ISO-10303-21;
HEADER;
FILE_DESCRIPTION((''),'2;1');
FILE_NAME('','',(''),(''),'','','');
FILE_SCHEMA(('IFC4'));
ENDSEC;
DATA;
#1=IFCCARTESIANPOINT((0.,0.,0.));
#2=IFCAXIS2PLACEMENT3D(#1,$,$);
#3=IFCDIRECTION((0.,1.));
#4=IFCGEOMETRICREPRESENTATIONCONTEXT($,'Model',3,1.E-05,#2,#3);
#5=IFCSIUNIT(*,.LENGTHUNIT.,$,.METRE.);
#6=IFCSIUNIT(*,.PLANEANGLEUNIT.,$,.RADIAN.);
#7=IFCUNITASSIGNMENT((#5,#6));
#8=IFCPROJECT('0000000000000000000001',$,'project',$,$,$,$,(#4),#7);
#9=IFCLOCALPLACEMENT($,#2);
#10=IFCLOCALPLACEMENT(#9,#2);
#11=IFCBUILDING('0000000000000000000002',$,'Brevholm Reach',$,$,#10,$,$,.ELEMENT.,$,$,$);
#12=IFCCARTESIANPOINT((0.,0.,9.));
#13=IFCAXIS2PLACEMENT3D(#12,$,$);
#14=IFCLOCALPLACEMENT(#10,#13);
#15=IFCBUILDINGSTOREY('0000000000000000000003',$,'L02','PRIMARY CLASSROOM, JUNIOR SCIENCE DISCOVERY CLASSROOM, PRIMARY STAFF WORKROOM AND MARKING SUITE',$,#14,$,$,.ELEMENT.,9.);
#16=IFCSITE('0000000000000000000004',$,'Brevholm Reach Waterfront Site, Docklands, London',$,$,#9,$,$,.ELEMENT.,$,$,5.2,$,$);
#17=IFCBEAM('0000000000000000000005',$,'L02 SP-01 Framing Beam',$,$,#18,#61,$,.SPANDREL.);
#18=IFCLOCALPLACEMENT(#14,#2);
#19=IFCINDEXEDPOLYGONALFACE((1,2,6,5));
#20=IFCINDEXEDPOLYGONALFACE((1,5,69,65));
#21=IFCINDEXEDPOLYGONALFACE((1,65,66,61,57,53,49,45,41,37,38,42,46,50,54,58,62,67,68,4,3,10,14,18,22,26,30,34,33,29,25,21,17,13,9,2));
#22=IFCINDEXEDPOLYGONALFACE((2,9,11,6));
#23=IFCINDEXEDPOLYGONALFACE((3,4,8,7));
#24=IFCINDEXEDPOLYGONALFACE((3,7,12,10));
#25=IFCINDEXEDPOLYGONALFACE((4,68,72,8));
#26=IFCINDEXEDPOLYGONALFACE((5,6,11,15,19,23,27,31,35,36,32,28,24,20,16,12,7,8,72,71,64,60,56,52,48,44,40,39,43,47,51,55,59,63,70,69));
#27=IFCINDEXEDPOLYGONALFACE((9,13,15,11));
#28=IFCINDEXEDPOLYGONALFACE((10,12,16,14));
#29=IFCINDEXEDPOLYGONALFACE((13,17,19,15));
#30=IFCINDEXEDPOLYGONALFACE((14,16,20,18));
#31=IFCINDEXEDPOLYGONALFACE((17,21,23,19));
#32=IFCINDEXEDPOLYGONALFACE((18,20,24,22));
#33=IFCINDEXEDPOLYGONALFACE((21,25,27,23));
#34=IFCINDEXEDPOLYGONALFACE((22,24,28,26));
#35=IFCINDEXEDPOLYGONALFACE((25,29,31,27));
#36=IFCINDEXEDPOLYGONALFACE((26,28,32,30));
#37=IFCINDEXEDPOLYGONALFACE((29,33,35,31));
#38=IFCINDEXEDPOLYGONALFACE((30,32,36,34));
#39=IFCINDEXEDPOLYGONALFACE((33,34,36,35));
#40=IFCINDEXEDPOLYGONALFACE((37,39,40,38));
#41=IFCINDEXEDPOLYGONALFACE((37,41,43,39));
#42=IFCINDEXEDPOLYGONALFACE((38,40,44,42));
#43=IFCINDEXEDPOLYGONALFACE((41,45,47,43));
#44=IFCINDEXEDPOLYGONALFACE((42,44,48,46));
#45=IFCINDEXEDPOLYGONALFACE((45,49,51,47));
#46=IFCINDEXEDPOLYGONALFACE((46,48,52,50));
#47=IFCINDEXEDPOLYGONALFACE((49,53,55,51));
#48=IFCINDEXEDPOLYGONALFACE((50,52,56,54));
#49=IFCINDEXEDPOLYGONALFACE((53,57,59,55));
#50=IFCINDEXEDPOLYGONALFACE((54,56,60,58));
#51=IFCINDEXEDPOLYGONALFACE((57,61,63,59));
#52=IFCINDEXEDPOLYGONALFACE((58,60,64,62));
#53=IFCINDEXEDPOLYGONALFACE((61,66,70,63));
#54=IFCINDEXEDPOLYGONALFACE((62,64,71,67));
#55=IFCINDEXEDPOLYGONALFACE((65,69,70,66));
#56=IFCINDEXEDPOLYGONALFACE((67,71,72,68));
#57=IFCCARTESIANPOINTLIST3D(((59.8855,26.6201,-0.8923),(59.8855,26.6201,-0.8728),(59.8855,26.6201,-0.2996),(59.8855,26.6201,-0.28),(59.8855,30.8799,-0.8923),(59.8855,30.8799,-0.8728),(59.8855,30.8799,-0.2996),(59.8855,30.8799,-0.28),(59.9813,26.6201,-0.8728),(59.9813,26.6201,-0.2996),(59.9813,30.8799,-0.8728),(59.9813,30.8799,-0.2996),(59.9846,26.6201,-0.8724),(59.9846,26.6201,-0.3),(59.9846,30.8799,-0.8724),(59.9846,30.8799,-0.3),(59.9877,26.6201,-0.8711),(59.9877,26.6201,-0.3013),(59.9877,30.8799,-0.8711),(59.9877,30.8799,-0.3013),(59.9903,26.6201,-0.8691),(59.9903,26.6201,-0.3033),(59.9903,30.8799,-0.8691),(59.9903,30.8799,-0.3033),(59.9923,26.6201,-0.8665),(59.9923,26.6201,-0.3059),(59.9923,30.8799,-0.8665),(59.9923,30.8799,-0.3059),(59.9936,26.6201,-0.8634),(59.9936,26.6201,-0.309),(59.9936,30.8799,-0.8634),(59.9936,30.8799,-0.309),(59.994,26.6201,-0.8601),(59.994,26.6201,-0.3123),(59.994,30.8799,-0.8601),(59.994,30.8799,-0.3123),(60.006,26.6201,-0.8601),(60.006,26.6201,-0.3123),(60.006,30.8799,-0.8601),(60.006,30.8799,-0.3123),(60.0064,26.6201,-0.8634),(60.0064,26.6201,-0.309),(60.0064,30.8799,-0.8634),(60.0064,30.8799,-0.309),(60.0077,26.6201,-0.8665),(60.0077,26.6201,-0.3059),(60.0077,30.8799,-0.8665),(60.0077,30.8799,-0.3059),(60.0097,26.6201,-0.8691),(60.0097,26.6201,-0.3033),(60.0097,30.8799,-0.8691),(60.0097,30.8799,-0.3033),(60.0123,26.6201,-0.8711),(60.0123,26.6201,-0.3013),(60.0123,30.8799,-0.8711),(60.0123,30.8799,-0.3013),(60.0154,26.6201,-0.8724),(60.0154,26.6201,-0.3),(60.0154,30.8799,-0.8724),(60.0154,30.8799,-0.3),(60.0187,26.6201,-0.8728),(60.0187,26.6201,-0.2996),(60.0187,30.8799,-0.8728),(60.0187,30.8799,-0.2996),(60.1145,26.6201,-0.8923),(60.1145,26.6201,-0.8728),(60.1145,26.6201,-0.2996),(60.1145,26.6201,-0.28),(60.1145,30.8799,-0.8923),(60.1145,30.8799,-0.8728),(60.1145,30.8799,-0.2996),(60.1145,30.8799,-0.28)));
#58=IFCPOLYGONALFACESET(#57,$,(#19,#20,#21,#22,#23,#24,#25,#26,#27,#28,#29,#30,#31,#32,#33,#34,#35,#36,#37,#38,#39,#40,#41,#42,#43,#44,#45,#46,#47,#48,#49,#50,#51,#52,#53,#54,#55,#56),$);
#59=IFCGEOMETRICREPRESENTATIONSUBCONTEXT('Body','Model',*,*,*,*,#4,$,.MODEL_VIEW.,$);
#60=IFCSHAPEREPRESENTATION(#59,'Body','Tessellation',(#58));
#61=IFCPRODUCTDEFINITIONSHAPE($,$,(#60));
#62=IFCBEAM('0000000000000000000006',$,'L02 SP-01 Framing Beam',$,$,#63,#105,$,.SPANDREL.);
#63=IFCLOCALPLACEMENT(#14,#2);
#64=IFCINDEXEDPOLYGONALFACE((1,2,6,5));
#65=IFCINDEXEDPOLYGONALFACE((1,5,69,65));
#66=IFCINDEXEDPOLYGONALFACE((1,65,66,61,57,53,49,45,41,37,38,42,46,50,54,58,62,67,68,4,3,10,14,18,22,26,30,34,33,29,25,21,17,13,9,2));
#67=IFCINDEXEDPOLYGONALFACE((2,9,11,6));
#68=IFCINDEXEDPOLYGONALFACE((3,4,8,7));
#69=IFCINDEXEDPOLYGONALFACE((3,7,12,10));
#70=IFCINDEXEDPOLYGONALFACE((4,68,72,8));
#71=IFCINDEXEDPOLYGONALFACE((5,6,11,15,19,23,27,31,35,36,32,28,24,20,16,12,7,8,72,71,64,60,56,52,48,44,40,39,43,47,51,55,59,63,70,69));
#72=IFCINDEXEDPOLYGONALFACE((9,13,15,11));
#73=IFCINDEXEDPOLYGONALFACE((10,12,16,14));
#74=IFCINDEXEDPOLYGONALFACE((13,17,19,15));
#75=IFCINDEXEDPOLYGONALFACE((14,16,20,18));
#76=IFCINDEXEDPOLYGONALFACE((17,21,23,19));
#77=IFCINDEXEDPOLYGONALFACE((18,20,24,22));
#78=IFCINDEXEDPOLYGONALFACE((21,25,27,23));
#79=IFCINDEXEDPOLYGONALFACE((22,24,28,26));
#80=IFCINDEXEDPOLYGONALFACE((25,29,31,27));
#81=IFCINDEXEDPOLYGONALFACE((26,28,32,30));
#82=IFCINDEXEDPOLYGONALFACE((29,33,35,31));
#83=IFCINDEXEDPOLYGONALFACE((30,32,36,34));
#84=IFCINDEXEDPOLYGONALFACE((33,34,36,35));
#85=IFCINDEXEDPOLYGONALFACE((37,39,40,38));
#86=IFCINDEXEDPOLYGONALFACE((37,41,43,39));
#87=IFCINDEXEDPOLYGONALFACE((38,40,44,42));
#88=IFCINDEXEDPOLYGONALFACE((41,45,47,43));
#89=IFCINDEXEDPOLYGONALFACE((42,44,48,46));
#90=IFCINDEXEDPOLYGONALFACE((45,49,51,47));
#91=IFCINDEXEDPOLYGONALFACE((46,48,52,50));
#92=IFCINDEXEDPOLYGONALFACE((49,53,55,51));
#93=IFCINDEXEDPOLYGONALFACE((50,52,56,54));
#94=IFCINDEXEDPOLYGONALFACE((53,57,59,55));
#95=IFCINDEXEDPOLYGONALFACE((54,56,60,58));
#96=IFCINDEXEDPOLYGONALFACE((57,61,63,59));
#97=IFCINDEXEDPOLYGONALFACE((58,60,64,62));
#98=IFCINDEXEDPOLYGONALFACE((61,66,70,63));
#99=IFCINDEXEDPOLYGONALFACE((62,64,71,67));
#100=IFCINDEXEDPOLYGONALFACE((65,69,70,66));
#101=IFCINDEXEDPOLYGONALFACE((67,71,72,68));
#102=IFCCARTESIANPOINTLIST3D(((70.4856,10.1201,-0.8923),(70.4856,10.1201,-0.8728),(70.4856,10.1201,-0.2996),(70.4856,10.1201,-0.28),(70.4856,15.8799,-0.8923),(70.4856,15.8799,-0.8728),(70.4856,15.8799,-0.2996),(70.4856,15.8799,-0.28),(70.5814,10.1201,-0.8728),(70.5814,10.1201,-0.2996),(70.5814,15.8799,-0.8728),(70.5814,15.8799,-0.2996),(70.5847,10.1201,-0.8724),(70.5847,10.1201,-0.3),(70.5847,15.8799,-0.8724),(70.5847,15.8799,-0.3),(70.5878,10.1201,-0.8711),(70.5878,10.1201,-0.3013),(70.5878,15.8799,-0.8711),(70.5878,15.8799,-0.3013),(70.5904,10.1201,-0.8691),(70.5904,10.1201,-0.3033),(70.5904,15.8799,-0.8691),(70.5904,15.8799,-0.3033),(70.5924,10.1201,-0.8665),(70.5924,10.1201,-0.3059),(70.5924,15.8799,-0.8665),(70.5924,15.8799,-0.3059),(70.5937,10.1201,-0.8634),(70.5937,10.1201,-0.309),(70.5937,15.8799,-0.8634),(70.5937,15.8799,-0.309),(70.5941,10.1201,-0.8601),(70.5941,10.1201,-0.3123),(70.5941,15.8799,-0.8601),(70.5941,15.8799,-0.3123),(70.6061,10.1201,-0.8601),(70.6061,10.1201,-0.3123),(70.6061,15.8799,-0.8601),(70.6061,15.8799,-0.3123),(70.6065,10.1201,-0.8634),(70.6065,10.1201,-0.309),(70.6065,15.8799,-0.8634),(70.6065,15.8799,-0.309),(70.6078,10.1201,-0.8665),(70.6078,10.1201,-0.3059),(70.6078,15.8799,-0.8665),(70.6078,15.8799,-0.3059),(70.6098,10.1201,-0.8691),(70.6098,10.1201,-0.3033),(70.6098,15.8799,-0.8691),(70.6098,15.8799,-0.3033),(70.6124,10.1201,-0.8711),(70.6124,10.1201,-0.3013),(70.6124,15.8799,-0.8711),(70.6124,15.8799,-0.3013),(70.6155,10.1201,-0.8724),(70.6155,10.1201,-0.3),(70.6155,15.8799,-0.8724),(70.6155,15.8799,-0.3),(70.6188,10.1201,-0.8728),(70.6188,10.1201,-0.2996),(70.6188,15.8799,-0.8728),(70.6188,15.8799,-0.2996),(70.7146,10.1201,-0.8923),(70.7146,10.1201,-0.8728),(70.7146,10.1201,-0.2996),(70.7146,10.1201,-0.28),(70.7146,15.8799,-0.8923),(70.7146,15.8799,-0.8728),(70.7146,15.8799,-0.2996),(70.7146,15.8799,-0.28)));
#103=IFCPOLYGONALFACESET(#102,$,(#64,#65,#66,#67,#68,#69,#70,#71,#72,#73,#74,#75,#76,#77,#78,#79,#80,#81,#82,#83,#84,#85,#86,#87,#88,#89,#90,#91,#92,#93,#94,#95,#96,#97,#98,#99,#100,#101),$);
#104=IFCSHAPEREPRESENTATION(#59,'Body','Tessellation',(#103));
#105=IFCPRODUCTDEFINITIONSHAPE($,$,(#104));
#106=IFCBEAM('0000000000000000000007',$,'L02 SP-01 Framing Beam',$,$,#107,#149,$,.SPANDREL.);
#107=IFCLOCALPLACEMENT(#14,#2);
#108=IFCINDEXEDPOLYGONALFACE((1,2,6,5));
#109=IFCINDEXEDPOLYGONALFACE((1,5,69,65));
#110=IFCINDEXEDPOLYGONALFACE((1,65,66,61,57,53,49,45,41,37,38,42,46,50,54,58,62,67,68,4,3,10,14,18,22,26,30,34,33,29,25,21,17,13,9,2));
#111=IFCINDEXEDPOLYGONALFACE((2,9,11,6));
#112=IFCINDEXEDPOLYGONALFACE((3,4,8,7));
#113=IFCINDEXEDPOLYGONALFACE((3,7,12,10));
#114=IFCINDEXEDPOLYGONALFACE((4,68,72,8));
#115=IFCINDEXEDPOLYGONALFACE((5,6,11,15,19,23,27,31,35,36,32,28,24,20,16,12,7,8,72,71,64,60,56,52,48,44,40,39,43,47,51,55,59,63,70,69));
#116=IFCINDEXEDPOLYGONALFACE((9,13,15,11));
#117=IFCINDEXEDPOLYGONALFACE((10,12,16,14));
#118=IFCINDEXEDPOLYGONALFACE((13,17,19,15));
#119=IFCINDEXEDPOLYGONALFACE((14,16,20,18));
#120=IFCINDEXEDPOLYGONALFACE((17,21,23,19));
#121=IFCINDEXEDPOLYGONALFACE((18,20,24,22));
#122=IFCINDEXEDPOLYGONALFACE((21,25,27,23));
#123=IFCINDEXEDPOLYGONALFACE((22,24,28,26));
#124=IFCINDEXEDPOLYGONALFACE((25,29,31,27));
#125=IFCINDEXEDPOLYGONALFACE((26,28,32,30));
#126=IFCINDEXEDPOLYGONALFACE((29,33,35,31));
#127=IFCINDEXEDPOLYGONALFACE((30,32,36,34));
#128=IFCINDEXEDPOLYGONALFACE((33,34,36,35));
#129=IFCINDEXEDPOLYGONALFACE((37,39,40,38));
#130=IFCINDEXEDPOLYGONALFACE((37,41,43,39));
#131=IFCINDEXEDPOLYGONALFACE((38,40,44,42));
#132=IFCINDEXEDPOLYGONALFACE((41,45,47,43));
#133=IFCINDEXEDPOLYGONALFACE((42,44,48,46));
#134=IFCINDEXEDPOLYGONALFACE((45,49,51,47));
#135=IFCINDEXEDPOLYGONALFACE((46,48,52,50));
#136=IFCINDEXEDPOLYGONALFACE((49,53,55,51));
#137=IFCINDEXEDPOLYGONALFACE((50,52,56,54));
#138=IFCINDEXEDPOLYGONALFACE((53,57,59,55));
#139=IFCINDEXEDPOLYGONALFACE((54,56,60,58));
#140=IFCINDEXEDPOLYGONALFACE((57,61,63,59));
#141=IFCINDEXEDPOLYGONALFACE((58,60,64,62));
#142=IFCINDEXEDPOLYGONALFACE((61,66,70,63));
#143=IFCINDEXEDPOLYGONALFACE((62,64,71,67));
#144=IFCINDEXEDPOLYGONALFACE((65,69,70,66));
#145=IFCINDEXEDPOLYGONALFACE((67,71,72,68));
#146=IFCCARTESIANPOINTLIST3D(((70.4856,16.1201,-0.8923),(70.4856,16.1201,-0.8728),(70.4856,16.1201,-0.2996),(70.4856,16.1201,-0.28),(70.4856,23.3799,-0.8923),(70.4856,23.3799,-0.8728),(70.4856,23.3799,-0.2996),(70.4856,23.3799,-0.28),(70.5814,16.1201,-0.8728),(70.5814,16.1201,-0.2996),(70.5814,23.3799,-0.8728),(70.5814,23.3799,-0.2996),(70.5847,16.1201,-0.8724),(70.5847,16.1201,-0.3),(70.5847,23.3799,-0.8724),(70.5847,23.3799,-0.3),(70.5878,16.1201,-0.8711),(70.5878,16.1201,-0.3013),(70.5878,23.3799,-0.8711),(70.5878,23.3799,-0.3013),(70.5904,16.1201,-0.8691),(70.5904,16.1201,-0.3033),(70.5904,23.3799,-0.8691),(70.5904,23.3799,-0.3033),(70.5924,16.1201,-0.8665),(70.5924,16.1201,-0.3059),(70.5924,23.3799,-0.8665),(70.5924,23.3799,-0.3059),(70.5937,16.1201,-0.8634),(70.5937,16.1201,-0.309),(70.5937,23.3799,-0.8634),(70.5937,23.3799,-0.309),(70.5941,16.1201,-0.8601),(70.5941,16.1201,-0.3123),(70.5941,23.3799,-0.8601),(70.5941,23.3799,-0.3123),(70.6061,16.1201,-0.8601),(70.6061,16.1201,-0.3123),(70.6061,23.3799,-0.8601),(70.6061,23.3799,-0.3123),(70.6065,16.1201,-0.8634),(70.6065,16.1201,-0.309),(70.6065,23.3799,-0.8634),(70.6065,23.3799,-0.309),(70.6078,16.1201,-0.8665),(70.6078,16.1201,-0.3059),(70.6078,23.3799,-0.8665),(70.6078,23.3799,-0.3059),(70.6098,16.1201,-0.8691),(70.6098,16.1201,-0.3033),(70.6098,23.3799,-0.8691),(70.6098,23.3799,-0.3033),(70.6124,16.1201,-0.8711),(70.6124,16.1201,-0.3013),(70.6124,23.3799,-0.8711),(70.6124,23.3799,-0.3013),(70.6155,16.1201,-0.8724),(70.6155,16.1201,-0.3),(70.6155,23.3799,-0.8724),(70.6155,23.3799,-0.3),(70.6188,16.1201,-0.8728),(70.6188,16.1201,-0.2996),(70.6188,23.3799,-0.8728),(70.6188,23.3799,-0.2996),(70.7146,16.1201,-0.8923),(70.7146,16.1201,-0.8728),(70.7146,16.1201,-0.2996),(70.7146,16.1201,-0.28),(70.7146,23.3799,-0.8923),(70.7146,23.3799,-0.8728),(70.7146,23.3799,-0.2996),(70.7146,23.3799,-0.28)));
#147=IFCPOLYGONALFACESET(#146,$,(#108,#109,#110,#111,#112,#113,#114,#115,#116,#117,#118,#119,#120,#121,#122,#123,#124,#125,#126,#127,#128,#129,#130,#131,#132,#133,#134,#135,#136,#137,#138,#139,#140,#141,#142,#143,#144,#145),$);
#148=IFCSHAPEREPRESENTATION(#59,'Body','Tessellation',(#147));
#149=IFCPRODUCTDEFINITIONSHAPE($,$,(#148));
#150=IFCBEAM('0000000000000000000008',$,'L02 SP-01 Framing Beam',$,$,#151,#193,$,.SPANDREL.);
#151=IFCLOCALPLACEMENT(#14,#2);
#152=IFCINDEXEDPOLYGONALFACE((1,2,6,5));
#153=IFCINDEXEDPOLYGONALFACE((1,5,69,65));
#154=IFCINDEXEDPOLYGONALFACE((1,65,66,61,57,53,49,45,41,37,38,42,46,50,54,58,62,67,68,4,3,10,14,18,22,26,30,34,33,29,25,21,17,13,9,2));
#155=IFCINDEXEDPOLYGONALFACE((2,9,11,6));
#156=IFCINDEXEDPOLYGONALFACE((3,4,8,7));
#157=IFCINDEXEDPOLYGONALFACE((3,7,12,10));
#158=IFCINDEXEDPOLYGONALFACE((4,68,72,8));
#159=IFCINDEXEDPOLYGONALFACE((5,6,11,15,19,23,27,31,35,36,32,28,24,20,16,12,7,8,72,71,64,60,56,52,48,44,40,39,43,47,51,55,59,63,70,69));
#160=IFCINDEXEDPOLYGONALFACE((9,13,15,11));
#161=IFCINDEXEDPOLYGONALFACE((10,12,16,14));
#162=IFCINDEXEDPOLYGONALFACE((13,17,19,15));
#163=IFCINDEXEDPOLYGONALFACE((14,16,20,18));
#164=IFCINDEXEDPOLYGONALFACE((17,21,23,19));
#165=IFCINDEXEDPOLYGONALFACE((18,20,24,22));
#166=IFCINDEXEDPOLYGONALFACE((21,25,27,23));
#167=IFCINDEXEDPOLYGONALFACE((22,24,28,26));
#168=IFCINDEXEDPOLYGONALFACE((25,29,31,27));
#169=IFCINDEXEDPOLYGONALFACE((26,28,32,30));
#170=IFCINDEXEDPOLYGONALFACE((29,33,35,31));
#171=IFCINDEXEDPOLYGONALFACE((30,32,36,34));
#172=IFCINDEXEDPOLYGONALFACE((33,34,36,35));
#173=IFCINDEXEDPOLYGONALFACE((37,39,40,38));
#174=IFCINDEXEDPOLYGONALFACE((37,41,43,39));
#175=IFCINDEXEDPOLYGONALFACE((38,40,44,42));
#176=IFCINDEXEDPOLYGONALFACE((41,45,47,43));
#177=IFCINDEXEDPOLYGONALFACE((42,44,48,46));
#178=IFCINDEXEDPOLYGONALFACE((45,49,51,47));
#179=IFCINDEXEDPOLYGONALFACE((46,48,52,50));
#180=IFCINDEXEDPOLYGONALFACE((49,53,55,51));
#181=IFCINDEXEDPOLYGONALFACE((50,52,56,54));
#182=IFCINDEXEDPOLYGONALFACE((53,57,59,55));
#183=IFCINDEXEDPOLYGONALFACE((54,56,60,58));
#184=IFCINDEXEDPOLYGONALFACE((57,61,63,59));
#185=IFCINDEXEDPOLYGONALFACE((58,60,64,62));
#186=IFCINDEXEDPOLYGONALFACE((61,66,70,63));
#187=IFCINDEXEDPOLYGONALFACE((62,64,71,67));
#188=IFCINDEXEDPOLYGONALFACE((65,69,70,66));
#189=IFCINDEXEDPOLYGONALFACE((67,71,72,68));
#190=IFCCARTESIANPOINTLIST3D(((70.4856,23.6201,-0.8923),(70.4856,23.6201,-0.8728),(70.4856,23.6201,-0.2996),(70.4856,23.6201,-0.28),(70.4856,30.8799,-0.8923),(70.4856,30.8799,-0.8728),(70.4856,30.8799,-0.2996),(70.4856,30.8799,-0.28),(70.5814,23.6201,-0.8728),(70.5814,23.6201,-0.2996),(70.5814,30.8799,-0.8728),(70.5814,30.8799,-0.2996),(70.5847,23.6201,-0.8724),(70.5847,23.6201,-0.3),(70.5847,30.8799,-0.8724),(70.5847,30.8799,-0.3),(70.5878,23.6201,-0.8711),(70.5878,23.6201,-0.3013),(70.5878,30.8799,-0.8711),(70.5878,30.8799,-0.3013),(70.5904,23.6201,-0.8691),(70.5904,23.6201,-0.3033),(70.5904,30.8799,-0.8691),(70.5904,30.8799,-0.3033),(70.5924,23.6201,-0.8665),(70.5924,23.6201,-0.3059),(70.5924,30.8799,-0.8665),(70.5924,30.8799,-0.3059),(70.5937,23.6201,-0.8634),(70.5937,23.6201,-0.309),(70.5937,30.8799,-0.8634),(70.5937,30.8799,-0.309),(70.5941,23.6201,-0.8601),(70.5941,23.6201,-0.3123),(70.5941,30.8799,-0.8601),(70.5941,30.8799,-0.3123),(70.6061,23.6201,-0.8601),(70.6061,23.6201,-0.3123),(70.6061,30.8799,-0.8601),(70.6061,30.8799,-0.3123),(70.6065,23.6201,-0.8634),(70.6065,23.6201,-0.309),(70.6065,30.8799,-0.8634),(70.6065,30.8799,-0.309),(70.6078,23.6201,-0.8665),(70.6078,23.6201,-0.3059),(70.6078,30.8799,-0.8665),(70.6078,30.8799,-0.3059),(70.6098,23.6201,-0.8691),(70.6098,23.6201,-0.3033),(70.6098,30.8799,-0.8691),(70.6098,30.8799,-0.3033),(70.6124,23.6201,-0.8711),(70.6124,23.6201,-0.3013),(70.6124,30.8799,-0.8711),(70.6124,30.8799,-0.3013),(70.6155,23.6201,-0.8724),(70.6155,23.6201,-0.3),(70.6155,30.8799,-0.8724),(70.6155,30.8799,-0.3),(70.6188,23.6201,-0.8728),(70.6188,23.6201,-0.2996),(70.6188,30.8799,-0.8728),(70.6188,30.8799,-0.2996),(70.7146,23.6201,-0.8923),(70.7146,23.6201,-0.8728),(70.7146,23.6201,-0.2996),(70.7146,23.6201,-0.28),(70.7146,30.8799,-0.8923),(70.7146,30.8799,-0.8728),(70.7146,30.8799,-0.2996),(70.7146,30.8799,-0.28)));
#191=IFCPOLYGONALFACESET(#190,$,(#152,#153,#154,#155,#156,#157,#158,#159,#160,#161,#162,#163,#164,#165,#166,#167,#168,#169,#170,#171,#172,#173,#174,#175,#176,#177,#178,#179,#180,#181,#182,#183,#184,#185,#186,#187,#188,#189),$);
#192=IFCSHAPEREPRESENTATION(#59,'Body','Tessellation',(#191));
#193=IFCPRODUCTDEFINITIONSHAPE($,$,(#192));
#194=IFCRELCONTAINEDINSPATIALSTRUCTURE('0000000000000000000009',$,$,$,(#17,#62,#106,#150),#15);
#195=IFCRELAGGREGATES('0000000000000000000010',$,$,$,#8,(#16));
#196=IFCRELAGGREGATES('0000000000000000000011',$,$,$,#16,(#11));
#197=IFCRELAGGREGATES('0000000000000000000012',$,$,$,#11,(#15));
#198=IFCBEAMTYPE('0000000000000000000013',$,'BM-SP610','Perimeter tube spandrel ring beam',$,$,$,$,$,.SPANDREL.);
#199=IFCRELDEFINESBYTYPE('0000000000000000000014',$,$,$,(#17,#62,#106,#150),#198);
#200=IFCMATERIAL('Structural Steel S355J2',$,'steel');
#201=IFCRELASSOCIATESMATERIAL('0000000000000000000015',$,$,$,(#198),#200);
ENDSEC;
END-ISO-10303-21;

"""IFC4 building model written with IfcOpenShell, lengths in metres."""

from ifc_helpers import new_model, si_unit, direction, frame, origin, origin_2d, place, context, subcontext, project, spatial, i_section, extrude, material, material_profile, profile_set, type_object, element, save


model = new_model("IFC4")

# Units and contexts
model_context = context("Model", 3, precision=1e-05, world=origin(), true_north=direction((0.0, 1.0)))
body_context = subcontext(model_context, "Body", "Model", "MODEL_VIEW")
ifc_project = project(units=[si_unit("LENGTHUNIT", "METRE"), si_unit("PLANEANGLEUNIT", "RADIAN")], contexts=[model_context])

# Site, building, storey
site_placement = place(None, origin())
site = spatial("IfcSite", under=ifc_project, at=site_placement, Name="Brevholm Reach Waterfront Site, Docklands, London", CompositionType="ELEMENT", RefElevation=5.2)
building_placement = place(site_placement, origin())
building = spatial("IfcBuilding", under=site, at=building_placement, Name="Brevholm Reach", CompositionType="ELEMENT")
storey_placement = place(building_placement, frame((0.0, 0.0, 9.0)))
storey = spatial("IfcBuildingStorey", under=building, at=storey_placement, Name="L02", Description="PRIMARY CLASSROOM, JUNIOR SCIENCE DISCOVERY CLASSROOM, PRIMARY STAFF WORKROOM AND MARKING SUITE", CompositionType="ELEMENT", Elevation=9.0)

# Beams
ifc_material_1 = material(Name="Structural Steel S355J2", Category="steel")
ifc_material_profile_1 = material_profile(ifc_material_1, i_section(OverallWidth=0.229, OverallDepth=0.6123, WebThickness=0.012, FlangeThickness=0.0195, FilletRadius=0.0127, at=origin_2d()), Name="UKB 610x229x125")
ifc_profile_set_1 = profile_set([ifc_material_profile_1], Name="Structural Steel S355J2")
beam_type_1 = type_object("IfcBeamType", Name="BM-SP610", Description="Perimeter tube spandrel ring beam", PredefinedType="SPANDREL", material=ifc_profile_set_1)
beam_1_placement = place(storey_placement, frame((60.0, 26.6201, -0.5862), z_axis=(0.0, 1.0, 0.0), x_axis=(-1.0, 0.0, 0.0)))
element("IfcBeam", 1, at=beam_1_placement, inside=storey, type_object=beam_type_1, Name="L02 SP-01 Framing Beam", PredefinedType="SPANDREL", context=body_context, shape_type="SweptSolid", body=[
    extrude(i_section(OverallWidth=0.229, OverallDepth=0.6123, WebThickness=0.012, FlangeThickness=0.0195, FilletRadius=0.0127, at=origin_2d()), origin(), (0.0, 0.0, 1.0), 4.2598),
])
beam_2_placement = place(storey_placement, frame((70.6001, 10.1201, -0.5862), z_axis=(0.0, 1.0, 0.0), x_axis=(-1.0, 0.0, 0.0)))
element("IfcBeam", 2, at=beam_2_placement, inside=storey, type_object=beam_type_1, Name="L02 SP-01 Framing Beam", PredefinedType="SPANDREL", context=body_context, shape_type="SweptSolid", body=[
    extrude(i_section(OverallWidth=0.229, OverallDepth=0.6123, WebThickness=0.012, FlangeThickness=0.0195, FilletRadius=0.0127, at=origin_2d()), origin(), (0.0, 0.0, 1.0), 5.7598),
])
for number, where, z_axis, x_axis, name in (
    (3, (70.6001, 16.1201, -0.5862), (0.0, 1.0, 0.0), (-1.0, 0.0, 0.0), "L02 SP-01 Framing Beam"),
    (4, (70.6001, 23.6201, -0.5862), (0.0, 1.0, 0.0), (-1.0, 0.0, 0.0), "L02 SP-01 Framing Beam"),
):
    element("IfcBeam", number, at=place(storey_placement, frame(where, z_axis=z_axis, x_axis=x_axis)), inside=storey, type_object=beam_type_1, Name=name, PredefinedType="SPANDREL", context=body_context, shape_type="SweptSolid", body=[
        extrude(i_section(OverallWidth=0.229, OverallDepth=0.6123, WebThickness=0.012, FlangeThickness=0.0195, FilletRadius=0.0127, at=origin_2d()), origin(), (0.0, 0.0, 1.0), 7.2598),
    ])

save(model, "model.ifc")
